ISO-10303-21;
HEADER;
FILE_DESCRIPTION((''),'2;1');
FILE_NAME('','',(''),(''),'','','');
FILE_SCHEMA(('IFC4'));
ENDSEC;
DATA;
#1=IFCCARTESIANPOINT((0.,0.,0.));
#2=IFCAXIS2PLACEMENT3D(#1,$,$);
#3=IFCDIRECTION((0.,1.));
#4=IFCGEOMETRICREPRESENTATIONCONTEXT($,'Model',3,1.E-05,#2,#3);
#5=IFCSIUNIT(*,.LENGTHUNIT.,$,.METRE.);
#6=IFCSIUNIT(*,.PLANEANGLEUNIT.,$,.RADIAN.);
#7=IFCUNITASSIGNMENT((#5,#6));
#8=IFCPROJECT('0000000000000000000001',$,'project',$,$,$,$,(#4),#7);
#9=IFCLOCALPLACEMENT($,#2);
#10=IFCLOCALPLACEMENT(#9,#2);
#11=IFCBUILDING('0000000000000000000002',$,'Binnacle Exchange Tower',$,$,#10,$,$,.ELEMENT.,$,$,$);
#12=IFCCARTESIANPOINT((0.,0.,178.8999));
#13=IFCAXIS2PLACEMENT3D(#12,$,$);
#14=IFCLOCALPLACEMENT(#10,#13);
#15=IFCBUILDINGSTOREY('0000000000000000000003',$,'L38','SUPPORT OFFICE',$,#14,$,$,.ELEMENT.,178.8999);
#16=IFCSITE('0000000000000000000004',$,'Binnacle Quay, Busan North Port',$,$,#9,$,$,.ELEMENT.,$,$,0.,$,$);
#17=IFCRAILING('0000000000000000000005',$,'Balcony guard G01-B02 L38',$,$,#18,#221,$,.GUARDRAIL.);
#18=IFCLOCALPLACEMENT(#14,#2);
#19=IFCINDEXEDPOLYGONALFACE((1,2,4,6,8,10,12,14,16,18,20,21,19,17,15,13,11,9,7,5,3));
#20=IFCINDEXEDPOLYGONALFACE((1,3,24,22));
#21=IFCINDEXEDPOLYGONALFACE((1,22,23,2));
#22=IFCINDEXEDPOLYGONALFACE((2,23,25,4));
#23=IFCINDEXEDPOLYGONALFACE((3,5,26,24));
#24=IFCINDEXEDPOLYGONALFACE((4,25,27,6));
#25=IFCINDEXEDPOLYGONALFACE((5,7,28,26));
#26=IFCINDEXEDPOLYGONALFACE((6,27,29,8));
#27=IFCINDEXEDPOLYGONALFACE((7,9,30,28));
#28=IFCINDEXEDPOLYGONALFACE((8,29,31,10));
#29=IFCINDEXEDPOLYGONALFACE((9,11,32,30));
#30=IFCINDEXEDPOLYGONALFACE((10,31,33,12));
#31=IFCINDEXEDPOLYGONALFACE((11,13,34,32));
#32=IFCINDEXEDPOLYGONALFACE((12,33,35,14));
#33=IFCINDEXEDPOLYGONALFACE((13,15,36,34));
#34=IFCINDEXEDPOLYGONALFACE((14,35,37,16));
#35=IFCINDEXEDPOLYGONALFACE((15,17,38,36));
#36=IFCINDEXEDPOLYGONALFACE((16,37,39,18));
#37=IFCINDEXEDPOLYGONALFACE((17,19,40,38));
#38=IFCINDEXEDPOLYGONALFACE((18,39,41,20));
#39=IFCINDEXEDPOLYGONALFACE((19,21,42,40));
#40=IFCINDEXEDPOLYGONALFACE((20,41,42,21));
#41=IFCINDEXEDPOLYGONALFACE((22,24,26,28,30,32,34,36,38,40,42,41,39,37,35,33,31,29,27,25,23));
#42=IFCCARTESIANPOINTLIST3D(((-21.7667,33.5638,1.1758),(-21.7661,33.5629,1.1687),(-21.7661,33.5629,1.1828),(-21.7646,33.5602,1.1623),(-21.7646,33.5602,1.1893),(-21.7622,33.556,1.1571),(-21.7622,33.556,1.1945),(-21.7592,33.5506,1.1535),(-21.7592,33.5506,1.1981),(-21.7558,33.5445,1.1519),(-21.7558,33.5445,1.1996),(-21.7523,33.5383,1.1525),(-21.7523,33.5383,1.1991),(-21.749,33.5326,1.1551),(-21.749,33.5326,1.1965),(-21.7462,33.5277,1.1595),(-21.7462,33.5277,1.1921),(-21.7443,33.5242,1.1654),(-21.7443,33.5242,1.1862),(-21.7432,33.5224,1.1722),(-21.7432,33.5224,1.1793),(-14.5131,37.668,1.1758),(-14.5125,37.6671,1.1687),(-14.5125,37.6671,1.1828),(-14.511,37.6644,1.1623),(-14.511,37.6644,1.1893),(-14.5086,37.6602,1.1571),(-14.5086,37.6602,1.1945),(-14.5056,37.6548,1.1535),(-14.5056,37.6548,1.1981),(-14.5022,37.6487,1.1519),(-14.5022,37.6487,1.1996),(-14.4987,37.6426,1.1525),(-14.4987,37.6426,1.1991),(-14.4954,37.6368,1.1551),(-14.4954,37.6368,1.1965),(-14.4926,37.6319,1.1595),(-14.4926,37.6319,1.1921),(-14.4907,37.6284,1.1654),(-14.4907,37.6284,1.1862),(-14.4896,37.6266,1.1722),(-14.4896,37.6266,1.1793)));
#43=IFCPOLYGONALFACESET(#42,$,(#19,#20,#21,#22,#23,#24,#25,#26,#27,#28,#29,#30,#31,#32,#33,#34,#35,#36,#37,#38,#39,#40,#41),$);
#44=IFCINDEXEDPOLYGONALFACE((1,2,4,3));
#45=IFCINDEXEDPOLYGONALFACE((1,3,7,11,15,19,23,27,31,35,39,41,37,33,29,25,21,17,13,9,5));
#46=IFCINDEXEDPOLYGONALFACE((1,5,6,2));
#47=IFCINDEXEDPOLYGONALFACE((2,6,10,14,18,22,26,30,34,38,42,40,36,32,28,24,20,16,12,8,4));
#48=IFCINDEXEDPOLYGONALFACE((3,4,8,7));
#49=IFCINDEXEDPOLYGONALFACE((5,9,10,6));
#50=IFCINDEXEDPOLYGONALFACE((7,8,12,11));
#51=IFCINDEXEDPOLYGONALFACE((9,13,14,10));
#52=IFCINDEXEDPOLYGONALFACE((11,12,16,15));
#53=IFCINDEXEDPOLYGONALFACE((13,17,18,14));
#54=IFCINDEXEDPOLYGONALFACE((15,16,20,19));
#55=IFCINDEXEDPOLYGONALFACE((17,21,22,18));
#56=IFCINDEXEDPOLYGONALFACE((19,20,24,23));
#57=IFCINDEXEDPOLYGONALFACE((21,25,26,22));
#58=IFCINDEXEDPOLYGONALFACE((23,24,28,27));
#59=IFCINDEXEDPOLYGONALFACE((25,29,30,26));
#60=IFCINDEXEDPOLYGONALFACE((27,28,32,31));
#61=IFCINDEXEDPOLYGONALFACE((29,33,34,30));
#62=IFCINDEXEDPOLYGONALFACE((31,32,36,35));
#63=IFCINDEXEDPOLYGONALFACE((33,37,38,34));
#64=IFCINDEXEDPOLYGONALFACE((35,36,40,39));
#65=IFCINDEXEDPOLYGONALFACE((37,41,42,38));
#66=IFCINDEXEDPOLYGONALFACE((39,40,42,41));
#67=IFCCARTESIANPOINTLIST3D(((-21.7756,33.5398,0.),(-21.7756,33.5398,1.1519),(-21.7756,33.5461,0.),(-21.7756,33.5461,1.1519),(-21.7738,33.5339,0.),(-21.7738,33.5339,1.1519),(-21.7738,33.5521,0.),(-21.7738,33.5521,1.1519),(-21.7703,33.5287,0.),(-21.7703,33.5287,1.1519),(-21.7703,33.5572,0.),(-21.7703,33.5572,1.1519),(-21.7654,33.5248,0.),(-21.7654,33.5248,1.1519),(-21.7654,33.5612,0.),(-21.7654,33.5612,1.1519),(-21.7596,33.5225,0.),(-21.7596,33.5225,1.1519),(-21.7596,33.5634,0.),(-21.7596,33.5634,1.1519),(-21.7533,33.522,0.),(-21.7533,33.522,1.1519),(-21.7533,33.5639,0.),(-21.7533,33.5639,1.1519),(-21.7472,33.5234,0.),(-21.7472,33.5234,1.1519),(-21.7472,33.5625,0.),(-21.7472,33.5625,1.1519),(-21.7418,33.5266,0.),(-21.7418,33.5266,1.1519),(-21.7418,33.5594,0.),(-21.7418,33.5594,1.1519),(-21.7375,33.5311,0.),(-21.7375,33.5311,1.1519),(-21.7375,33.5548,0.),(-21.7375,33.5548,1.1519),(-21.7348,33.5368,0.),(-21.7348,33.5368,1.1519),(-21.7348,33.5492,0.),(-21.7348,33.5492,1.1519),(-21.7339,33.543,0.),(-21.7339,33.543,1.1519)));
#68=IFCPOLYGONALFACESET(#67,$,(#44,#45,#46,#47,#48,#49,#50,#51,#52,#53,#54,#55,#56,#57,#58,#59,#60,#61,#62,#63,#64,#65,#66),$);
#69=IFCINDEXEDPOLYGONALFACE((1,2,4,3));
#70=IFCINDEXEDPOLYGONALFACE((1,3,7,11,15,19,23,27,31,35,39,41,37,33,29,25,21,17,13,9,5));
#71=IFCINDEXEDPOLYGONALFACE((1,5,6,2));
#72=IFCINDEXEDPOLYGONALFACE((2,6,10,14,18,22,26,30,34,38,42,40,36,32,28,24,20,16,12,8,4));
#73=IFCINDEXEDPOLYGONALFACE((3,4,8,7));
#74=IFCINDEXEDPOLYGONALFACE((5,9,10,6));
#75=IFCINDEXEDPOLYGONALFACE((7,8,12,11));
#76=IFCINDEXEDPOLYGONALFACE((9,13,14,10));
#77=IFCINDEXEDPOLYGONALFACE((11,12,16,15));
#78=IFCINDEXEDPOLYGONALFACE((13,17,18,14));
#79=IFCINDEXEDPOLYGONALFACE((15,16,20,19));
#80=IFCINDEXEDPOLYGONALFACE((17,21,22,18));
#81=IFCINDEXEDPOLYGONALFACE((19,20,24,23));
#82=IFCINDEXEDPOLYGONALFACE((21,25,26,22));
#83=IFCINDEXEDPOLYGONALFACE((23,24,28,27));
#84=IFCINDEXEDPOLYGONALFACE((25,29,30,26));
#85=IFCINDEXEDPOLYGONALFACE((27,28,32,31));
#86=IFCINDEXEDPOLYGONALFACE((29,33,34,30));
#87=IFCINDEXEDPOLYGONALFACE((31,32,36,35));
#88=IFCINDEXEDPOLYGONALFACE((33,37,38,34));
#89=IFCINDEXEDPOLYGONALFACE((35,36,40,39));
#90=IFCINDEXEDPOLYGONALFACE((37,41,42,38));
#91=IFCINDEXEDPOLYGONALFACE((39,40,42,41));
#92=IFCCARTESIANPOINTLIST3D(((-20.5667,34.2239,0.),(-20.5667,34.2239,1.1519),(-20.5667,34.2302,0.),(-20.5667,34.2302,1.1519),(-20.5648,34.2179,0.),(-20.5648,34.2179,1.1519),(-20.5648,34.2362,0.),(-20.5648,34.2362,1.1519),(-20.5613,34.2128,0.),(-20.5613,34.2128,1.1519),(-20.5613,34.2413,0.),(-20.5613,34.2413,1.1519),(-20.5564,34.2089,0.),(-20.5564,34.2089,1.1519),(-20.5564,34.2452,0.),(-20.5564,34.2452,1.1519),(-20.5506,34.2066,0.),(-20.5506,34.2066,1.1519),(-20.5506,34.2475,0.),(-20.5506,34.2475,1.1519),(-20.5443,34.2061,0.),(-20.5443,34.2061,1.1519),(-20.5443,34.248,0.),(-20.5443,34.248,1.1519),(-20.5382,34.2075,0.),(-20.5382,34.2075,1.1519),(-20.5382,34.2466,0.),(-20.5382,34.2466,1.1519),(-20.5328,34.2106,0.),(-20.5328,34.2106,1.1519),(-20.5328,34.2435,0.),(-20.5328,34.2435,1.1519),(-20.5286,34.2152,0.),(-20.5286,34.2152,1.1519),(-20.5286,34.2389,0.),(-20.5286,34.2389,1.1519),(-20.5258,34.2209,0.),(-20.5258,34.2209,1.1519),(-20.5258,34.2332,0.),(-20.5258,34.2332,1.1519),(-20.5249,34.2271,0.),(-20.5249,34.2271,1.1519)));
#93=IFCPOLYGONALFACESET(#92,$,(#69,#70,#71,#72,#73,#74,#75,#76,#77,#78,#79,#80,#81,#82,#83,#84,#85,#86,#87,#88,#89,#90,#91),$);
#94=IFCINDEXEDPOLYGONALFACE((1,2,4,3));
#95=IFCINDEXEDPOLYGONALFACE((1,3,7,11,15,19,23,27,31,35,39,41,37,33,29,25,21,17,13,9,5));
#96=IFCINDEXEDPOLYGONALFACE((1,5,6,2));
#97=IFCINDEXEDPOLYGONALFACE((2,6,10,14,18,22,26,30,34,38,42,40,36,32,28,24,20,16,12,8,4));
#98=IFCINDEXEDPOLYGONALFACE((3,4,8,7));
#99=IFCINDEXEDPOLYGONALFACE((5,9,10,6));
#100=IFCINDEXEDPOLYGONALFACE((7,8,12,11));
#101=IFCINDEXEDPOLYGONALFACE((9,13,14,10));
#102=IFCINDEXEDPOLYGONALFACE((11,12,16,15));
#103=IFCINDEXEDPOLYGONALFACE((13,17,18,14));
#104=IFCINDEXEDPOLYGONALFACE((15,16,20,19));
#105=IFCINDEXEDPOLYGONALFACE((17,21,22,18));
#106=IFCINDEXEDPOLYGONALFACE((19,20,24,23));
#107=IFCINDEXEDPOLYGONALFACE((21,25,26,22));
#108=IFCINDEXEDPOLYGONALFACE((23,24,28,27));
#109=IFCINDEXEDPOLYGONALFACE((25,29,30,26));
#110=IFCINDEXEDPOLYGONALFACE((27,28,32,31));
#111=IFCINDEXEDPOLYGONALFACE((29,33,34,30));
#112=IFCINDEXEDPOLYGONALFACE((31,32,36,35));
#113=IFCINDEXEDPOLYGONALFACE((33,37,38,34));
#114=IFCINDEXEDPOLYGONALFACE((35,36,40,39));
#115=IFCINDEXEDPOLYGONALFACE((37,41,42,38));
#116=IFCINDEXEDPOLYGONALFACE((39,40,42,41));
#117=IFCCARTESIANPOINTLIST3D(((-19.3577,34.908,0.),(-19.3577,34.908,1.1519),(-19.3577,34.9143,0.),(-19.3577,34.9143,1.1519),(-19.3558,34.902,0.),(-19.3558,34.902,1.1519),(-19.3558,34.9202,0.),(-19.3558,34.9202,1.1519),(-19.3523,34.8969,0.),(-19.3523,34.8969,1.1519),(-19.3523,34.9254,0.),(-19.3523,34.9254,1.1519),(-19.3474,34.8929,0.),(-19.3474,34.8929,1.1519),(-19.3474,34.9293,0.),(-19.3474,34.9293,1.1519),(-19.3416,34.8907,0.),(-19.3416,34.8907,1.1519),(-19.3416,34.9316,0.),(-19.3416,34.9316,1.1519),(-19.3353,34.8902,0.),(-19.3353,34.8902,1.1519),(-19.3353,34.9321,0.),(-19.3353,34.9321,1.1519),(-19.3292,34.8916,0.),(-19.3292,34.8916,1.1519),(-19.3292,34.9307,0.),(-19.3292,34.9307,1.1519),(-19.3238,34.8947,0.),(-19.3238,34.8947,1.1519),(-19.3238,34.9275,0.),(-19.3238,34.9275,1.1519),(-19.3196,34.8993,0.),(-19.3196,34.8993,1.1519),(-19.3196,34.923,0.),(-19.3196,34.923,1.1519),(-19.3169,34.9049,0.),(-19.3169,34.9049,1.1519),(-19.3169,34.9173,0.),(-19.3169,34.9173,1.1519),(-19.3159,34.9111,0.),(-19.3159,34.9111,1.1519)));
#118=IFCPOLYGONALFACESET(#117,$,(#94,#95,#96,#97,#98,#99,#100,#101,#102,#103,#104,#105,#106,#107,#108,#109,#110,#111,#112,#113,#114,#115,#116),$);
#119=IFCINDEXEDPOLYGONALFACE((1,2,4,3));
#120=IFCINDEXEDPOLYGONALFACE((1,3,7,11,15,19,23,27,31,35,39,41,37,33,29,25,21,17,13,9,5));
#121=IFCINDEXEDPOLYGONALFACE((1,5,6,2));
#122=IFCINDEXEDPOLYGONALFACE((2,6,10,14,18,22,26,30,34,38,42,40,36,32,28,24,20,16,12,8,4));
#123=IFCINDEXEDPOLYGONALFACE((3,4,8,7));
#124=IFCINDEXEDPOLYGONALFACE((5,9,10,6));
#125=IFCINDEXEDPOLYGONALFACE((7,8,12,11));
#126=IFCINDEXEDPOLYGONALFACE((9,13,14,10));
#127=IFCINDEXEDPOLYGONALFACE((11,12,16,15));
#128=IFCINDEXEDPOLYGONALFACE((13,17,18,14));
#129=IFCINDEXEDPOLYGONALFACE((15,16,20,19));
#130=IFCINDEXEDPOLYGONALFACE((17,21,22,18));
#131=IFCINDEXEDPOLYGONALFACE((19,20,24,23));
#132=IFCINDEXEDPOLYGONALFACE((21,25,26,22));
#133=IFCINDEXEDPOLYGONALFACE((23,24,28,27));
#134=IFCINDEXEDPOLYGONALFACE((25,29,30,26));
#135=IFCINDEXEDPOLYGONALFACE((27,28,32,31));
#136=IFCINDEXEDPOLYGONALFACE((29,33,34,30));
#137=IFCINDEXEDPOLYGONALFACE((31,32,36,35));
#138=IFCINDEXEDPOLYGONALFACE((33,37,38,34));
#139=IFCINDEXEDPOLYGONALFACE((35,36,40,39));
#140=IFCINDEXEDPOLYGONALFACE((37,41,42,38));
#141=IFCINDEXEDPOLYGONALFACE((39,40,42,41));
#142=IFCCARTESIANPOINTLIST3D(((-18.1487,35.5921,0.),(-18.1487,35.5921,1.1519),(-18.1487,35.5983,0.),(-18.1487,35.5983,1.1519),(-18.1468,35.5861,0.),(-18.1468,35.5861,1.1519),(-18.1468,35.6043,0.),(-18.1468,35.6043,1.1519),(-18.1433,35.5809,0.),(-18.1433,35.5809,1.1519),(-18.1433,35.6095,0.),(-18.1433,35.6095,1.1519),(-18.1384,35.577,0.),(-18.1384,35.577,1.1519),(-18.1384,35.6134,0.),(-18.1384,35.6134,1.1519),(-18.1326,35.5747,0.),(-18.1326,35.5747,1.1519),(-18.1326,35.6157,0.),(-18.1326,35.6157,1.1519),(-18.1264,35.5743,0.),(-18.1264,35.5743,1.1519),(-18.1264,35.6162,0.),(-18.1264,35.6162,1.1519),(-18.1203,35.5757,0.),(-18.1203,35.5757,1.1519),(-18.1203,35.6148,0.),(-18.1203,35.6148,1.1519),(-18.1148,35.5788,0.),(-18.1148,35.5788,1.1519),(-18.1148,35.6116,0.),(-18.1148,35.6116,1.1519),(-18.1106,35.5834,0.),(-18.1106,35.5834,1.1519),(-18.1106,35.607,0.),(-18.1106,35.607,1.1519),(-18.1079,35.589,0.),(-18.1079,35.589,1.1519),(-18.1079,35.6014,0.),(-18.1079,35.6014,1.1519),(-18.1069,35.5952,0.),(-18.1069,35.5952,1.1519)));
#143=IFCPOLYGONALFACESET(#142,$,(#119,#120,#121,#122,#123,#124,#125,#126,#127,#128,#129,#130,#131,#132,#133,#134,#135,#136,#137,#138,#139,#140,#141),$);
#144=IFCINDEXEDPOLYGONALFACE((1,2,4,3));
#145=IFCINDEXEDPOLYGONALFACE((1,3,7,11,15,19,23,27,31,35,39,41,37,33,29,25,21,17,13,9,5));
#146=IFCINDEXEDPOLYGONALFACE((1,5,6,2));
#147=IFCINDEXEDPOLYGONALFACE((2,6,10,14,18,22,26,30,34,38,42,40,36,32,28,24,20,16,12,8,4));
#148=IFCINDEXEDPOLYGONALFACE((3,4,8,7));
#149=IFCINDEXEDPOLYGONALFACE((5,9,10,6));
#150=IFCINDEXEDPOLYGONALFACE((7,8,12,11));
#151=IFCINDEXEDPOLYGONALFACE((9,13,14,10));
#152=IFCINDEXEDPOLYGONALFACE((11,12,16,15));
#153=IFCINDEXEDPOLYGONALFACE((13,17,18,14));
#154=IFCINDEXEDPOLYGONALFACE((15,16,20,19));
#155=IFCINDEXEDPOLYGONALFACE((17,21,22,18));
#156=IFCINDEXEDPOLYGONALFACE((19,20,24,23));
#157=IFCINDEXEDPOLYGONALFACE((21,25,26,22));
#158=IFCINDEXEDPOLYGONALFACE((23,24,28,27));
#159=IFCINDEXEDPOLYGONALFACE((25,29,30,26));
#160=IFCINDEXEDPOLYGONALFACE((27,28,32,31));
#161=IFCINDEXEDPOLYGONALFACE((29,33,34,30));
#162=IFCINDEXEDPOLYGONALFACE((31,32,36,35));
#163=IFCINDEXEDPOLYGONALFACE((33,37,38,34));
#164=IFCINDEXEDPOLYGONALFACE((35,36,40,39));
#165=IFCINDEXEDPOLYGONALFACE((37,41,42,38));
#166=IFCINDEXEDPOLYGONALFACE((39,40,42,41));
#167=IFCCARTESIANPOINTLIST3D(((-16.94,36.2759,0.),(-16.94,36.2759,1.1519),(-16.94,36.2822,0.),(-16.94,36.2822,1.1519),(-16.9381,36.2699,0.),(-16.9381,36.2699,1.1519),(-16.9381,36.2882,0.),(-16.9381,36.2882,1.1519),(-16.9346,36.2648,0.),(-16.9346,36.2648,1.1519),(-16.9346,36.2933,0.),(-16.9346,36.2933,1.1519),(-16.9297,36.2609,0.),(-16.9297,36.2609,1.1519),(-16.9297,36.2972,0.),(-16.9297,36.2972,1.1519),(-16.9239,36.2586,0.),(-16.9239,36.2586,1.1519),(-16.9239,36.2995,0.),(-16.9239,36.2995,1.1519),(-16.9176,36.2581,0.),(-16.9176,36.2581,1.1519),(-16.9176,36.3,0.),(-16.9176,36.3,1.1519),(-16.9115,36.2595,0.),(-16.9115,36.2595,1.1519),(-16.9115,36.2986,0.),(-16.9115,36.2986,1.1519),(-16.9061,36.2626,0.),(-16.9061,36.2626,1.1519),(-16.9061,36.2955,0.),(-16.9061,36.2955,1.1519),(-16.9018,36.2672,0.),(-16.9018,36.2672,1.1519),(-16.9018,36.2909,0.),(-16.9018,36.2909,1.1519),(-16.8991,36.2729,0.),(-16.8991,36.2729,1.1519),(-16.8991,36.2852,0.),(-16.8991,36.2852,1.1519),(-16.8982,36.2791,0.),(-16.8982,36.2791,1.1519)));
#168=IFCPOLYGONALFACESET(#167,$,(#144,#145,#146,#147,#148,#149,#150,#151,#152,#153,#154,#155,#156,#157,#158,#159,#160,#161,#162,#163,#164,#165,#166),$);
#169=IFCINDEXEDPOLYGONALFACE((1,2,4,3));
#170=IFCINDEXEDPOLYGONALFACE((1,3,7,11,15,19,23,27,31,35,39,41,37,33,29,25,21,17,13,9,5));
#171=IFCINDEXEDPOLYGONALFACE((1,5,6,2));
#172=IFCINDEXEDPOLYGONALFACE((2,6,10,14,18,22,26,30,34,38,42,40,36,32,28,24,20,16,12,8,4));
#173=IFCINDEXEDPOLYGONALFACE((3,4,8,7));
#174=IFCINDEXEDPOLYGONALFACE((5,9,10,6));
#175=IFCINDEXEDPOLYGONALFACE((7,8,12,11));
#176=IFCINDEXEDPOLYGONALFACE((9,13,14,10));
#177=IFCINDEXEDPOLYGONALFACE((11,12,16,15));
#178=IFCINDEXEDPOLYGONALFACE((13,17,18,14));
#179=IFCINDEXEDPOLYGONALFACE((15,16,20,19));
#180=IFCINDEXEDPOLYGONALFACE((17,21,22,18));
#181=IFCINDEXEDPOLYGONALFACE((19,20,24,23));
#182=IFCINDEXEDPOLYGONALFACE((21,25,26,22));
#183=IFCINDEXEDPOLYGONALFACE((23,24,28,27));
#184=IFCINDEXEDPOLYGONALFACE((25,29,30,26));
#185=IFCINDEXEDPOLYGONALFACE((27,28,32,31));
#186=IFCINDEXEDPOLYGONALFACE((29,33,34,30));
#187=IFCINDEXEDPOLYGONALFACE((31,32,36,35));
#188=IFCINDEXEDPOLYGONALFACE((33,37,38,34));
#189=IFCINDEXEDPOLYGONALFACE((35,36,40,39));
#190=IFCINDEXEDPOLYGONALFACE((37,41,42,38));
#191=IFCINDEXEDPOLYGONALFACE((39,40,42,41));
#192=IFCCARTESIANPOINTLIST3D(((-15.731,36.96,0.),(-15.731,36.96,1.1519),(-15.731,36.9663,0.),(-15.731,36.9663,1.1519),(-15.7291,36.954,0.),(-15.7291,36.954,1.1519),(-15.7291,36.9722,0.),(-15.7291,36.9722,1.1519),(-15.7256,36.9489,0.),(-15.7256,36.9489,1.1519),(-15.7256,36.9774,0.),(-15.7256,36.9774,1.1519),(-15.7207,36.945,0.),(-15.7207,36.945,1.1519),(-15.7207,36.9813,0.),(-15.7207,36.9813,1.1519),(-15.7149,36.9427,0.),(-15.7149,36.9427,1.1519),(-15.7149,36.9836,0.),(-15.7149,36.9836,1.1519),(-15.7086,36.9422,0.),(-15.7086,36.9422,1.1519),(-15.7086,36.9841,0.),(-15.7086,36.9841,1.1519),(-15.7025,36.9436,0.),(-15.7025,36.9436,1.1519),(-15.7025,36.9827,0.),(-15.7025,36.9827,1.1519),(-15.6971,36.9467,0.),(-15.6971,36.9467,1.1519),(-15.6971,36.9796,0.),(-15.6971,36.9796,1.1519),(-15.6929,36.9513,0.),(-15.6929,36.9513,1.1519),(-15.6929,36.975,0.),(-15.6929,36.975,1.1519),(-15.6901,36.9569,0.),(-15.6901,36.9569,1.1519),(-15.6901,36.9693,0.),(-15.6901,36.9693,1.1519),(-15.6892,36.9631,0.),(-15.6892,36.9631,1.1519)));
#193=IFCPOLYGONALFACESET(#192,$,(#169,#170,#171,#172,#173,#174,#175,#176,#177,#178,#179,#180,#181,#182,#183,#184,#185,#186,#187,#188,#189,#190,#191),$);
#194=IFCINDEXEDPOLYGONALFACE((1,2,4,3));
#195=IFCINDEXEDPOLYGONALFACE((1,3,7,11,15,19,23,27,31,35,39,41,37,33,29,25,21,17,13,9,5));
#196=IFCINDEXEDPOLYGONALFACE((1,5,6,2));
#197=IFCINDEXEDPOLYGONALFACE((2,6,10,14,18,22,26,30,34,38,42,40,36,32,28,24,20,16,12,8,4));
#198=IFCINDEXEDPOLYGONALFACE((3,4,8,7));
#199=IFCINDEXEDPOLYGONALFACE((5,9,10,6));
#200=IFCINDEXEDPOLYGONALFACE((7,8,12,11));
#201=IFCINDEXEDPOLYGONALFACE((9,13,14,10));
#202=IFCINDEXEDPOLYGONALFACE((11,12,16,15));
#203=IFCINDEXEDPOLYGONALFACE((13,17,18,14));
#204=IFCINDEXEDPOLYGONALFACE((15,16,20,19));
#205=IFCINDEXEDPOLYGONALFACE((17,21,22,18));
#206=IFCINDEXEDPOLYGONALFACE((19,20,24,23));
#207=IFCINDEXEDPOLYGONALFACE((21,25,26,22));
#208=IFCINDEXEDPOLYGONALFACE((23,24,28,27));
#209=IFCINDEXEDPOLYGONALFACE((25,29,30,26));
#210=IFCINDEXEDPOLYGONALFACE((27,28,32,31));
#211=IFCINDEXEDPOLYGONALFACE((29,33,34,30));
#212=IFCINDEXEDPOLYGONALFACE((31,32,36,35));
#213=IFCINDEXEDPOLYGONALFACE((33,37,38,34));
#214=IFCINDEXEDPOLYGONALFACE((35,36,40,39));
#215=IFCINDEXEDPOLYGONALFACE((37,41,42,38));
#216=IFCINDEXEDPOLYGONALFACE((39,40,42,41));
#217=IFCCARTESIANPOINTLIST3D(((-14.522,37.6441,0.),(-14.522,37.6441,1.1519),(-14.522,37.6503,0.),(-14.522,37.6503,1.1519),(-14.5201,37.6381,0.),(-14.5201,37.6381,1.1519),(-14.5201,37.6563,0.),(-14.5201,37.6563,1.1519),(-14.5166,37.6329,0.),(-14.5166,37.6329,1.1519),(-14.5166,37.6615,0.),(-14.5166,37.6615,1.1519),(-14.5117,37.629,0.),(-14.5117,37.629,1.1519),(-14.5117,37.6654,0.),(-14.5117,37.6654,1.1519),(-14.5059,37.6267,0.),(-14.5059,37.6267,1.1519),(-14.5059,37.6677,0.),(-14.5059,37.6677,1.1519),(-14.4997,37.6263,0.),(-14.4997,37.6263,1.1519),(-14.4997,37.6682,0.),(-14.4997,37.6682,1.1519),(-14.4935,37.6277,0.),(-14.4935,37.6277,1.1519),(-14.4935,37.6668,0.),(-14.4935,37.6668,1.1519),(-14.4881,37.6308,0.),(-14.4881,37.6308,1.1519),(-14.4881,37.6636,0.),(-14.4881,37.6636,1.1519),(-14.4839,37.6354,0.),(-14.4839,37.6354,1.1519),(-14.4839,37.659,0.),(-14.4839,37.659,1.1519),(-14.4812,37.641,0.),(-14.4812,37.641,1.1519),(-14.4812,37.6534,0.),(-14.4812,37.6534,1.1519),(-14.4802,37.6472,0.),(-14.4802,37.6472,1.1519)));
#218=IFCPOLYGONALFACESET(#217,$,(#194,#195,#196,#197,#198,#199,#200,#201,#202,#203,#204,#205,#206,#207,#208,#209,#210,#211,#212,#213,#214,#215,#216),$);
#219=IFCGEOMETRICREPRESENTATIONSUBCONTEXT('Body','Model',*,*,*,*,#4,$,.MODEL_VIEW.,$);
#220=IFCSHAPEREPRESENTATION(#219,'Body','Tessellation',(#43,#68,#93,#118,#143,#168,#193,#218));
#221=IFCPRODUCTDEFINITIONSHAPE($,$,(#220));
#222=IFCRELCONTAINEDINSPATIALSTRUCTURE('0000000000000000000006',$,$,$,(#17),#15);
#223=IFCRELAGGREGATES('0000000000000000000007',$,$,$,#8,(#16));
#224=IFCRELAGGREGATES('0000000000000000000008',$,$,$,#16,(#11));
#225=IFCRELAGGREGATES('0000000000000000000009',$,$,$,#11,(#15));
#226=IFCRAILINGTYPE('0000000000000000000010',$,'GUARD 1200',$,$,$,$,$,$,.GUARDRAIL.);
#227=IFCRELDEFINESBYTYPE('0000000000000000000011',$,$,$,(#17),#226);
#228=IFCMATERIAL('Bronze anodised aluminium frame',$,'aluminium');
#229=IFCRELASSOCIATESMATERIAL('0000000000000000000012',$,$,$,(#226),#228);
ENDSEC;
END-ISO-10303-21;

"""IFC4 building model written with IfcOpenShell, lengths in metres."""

from ifc_helpers import new_model, si_unit, direction, frame, origin, origin_2d, place, context, subcontext, project, spatial, circle, extrude, material, type_object, element, save


model = new_model("IFC4")

# Units and contexts
model_context = context("Model", 3, precision=1e-05, world=origin(), true_north=direction((0.0, 1.0)))
body_context = subcontext(model_context, "Body", "Model", "MODEL_VIEW")
ifc_project = project(units=[si_unit("LENGTHUNIT", "METRE"), si_unit("PLANEANGLEUNIT", "RADIAN")], contexts=[model_context])

# Site, building, storey
site_placement = place(None, origin())
site = spatial("IfcSite", under=ifc_project, at=site_placement, Name="Binnacle Quay, Busan North Port", CompositionType="ELEMENT", RefElevation=0.0)
building_placement = place(site_placement, origin())
building = spatial("IfcBuilding", under=site, at=building_placement, Name="Binnacle Exchange Tower", CompositionType="ELEMENT")
storey_placement = place(building_placement, frame((0.0, 0.0, 178.8999)))
storey = spatial("IfcBuildingStorey", under=building, at=storey_placement, Name="L38", Description="SUPPORT OFFICE", CompositionType="ELEMENT", Elevation=178.8999)

# Railing
ifc_material_1 = material(Name="Bronze anodised aluminium frame", Category="aluminium")
railing_type_1 = type_object("IfcRailingType", Name="GUARD 1200", PredefinedType="GUARDRAIL", material=ifc_material_1)
railing_1_placement = place(storey_placement, frame((-21.7549, 33.543, 0.0)))
element("IfcRailing", 1, at=railing_1_placement, inside=storey, type_object=railing_type_1, Name="Balcony guard G01-B02 L38", PredefinedType="GUARDRAIL", context=body_context, shape_type="SweptSolid", body=[
    extrude(circle(Radius=0.0239, at=origin_2d()), frame((0.0, 0.0, 1.1758), z_axis=(0.870339, 0.492453, 0.0), x_axis=(-0.492453, 0.870339, 0.0)), (0.0, 0.0, 1.0), 8.3342),
    extrude(circle(Radius=0.021, at=origin_2d()), origin(), (0.0, 0.0, 1.0), 1.1519),
    extrude(circle(Radius=0.021, at=origin_2d()), frame((1.209, 0.6841, 0.0)), (0.0, 0.0, 1.0), 1.1519),
    extrude(circle(Radius=0.021, at=origin_2d()), frame((2.418, 1.3682, 0.0)), (0.0, 0.0, 1.0), 1.1519),
    extrude(circle(Radius=0.021, at=origin_2d()), frame((3.627, 2.0522, 0.0)), (0.0, 0.0, 1.0), 1.1519),
    extrude(circle(Radius=0.021, at=origin_2d()), frame((4.8357, 2.7361, 0.0)), (0.0, 0.0, 1.0), 1.1519),
    extrude(circle(Radius=0.021, at=origin_2d()), frame((6.0447, 3.4202, 0.0)), (0.0, 0.0, 1.0), 1.1519),
    extrude(circle(Radius=0.021, at=origin_2d()), frame((7.2537, 4.1042, 0.0)), (0.0, 0.0, 1.0), 1.1519),
])

save(model, "model.ifc")
